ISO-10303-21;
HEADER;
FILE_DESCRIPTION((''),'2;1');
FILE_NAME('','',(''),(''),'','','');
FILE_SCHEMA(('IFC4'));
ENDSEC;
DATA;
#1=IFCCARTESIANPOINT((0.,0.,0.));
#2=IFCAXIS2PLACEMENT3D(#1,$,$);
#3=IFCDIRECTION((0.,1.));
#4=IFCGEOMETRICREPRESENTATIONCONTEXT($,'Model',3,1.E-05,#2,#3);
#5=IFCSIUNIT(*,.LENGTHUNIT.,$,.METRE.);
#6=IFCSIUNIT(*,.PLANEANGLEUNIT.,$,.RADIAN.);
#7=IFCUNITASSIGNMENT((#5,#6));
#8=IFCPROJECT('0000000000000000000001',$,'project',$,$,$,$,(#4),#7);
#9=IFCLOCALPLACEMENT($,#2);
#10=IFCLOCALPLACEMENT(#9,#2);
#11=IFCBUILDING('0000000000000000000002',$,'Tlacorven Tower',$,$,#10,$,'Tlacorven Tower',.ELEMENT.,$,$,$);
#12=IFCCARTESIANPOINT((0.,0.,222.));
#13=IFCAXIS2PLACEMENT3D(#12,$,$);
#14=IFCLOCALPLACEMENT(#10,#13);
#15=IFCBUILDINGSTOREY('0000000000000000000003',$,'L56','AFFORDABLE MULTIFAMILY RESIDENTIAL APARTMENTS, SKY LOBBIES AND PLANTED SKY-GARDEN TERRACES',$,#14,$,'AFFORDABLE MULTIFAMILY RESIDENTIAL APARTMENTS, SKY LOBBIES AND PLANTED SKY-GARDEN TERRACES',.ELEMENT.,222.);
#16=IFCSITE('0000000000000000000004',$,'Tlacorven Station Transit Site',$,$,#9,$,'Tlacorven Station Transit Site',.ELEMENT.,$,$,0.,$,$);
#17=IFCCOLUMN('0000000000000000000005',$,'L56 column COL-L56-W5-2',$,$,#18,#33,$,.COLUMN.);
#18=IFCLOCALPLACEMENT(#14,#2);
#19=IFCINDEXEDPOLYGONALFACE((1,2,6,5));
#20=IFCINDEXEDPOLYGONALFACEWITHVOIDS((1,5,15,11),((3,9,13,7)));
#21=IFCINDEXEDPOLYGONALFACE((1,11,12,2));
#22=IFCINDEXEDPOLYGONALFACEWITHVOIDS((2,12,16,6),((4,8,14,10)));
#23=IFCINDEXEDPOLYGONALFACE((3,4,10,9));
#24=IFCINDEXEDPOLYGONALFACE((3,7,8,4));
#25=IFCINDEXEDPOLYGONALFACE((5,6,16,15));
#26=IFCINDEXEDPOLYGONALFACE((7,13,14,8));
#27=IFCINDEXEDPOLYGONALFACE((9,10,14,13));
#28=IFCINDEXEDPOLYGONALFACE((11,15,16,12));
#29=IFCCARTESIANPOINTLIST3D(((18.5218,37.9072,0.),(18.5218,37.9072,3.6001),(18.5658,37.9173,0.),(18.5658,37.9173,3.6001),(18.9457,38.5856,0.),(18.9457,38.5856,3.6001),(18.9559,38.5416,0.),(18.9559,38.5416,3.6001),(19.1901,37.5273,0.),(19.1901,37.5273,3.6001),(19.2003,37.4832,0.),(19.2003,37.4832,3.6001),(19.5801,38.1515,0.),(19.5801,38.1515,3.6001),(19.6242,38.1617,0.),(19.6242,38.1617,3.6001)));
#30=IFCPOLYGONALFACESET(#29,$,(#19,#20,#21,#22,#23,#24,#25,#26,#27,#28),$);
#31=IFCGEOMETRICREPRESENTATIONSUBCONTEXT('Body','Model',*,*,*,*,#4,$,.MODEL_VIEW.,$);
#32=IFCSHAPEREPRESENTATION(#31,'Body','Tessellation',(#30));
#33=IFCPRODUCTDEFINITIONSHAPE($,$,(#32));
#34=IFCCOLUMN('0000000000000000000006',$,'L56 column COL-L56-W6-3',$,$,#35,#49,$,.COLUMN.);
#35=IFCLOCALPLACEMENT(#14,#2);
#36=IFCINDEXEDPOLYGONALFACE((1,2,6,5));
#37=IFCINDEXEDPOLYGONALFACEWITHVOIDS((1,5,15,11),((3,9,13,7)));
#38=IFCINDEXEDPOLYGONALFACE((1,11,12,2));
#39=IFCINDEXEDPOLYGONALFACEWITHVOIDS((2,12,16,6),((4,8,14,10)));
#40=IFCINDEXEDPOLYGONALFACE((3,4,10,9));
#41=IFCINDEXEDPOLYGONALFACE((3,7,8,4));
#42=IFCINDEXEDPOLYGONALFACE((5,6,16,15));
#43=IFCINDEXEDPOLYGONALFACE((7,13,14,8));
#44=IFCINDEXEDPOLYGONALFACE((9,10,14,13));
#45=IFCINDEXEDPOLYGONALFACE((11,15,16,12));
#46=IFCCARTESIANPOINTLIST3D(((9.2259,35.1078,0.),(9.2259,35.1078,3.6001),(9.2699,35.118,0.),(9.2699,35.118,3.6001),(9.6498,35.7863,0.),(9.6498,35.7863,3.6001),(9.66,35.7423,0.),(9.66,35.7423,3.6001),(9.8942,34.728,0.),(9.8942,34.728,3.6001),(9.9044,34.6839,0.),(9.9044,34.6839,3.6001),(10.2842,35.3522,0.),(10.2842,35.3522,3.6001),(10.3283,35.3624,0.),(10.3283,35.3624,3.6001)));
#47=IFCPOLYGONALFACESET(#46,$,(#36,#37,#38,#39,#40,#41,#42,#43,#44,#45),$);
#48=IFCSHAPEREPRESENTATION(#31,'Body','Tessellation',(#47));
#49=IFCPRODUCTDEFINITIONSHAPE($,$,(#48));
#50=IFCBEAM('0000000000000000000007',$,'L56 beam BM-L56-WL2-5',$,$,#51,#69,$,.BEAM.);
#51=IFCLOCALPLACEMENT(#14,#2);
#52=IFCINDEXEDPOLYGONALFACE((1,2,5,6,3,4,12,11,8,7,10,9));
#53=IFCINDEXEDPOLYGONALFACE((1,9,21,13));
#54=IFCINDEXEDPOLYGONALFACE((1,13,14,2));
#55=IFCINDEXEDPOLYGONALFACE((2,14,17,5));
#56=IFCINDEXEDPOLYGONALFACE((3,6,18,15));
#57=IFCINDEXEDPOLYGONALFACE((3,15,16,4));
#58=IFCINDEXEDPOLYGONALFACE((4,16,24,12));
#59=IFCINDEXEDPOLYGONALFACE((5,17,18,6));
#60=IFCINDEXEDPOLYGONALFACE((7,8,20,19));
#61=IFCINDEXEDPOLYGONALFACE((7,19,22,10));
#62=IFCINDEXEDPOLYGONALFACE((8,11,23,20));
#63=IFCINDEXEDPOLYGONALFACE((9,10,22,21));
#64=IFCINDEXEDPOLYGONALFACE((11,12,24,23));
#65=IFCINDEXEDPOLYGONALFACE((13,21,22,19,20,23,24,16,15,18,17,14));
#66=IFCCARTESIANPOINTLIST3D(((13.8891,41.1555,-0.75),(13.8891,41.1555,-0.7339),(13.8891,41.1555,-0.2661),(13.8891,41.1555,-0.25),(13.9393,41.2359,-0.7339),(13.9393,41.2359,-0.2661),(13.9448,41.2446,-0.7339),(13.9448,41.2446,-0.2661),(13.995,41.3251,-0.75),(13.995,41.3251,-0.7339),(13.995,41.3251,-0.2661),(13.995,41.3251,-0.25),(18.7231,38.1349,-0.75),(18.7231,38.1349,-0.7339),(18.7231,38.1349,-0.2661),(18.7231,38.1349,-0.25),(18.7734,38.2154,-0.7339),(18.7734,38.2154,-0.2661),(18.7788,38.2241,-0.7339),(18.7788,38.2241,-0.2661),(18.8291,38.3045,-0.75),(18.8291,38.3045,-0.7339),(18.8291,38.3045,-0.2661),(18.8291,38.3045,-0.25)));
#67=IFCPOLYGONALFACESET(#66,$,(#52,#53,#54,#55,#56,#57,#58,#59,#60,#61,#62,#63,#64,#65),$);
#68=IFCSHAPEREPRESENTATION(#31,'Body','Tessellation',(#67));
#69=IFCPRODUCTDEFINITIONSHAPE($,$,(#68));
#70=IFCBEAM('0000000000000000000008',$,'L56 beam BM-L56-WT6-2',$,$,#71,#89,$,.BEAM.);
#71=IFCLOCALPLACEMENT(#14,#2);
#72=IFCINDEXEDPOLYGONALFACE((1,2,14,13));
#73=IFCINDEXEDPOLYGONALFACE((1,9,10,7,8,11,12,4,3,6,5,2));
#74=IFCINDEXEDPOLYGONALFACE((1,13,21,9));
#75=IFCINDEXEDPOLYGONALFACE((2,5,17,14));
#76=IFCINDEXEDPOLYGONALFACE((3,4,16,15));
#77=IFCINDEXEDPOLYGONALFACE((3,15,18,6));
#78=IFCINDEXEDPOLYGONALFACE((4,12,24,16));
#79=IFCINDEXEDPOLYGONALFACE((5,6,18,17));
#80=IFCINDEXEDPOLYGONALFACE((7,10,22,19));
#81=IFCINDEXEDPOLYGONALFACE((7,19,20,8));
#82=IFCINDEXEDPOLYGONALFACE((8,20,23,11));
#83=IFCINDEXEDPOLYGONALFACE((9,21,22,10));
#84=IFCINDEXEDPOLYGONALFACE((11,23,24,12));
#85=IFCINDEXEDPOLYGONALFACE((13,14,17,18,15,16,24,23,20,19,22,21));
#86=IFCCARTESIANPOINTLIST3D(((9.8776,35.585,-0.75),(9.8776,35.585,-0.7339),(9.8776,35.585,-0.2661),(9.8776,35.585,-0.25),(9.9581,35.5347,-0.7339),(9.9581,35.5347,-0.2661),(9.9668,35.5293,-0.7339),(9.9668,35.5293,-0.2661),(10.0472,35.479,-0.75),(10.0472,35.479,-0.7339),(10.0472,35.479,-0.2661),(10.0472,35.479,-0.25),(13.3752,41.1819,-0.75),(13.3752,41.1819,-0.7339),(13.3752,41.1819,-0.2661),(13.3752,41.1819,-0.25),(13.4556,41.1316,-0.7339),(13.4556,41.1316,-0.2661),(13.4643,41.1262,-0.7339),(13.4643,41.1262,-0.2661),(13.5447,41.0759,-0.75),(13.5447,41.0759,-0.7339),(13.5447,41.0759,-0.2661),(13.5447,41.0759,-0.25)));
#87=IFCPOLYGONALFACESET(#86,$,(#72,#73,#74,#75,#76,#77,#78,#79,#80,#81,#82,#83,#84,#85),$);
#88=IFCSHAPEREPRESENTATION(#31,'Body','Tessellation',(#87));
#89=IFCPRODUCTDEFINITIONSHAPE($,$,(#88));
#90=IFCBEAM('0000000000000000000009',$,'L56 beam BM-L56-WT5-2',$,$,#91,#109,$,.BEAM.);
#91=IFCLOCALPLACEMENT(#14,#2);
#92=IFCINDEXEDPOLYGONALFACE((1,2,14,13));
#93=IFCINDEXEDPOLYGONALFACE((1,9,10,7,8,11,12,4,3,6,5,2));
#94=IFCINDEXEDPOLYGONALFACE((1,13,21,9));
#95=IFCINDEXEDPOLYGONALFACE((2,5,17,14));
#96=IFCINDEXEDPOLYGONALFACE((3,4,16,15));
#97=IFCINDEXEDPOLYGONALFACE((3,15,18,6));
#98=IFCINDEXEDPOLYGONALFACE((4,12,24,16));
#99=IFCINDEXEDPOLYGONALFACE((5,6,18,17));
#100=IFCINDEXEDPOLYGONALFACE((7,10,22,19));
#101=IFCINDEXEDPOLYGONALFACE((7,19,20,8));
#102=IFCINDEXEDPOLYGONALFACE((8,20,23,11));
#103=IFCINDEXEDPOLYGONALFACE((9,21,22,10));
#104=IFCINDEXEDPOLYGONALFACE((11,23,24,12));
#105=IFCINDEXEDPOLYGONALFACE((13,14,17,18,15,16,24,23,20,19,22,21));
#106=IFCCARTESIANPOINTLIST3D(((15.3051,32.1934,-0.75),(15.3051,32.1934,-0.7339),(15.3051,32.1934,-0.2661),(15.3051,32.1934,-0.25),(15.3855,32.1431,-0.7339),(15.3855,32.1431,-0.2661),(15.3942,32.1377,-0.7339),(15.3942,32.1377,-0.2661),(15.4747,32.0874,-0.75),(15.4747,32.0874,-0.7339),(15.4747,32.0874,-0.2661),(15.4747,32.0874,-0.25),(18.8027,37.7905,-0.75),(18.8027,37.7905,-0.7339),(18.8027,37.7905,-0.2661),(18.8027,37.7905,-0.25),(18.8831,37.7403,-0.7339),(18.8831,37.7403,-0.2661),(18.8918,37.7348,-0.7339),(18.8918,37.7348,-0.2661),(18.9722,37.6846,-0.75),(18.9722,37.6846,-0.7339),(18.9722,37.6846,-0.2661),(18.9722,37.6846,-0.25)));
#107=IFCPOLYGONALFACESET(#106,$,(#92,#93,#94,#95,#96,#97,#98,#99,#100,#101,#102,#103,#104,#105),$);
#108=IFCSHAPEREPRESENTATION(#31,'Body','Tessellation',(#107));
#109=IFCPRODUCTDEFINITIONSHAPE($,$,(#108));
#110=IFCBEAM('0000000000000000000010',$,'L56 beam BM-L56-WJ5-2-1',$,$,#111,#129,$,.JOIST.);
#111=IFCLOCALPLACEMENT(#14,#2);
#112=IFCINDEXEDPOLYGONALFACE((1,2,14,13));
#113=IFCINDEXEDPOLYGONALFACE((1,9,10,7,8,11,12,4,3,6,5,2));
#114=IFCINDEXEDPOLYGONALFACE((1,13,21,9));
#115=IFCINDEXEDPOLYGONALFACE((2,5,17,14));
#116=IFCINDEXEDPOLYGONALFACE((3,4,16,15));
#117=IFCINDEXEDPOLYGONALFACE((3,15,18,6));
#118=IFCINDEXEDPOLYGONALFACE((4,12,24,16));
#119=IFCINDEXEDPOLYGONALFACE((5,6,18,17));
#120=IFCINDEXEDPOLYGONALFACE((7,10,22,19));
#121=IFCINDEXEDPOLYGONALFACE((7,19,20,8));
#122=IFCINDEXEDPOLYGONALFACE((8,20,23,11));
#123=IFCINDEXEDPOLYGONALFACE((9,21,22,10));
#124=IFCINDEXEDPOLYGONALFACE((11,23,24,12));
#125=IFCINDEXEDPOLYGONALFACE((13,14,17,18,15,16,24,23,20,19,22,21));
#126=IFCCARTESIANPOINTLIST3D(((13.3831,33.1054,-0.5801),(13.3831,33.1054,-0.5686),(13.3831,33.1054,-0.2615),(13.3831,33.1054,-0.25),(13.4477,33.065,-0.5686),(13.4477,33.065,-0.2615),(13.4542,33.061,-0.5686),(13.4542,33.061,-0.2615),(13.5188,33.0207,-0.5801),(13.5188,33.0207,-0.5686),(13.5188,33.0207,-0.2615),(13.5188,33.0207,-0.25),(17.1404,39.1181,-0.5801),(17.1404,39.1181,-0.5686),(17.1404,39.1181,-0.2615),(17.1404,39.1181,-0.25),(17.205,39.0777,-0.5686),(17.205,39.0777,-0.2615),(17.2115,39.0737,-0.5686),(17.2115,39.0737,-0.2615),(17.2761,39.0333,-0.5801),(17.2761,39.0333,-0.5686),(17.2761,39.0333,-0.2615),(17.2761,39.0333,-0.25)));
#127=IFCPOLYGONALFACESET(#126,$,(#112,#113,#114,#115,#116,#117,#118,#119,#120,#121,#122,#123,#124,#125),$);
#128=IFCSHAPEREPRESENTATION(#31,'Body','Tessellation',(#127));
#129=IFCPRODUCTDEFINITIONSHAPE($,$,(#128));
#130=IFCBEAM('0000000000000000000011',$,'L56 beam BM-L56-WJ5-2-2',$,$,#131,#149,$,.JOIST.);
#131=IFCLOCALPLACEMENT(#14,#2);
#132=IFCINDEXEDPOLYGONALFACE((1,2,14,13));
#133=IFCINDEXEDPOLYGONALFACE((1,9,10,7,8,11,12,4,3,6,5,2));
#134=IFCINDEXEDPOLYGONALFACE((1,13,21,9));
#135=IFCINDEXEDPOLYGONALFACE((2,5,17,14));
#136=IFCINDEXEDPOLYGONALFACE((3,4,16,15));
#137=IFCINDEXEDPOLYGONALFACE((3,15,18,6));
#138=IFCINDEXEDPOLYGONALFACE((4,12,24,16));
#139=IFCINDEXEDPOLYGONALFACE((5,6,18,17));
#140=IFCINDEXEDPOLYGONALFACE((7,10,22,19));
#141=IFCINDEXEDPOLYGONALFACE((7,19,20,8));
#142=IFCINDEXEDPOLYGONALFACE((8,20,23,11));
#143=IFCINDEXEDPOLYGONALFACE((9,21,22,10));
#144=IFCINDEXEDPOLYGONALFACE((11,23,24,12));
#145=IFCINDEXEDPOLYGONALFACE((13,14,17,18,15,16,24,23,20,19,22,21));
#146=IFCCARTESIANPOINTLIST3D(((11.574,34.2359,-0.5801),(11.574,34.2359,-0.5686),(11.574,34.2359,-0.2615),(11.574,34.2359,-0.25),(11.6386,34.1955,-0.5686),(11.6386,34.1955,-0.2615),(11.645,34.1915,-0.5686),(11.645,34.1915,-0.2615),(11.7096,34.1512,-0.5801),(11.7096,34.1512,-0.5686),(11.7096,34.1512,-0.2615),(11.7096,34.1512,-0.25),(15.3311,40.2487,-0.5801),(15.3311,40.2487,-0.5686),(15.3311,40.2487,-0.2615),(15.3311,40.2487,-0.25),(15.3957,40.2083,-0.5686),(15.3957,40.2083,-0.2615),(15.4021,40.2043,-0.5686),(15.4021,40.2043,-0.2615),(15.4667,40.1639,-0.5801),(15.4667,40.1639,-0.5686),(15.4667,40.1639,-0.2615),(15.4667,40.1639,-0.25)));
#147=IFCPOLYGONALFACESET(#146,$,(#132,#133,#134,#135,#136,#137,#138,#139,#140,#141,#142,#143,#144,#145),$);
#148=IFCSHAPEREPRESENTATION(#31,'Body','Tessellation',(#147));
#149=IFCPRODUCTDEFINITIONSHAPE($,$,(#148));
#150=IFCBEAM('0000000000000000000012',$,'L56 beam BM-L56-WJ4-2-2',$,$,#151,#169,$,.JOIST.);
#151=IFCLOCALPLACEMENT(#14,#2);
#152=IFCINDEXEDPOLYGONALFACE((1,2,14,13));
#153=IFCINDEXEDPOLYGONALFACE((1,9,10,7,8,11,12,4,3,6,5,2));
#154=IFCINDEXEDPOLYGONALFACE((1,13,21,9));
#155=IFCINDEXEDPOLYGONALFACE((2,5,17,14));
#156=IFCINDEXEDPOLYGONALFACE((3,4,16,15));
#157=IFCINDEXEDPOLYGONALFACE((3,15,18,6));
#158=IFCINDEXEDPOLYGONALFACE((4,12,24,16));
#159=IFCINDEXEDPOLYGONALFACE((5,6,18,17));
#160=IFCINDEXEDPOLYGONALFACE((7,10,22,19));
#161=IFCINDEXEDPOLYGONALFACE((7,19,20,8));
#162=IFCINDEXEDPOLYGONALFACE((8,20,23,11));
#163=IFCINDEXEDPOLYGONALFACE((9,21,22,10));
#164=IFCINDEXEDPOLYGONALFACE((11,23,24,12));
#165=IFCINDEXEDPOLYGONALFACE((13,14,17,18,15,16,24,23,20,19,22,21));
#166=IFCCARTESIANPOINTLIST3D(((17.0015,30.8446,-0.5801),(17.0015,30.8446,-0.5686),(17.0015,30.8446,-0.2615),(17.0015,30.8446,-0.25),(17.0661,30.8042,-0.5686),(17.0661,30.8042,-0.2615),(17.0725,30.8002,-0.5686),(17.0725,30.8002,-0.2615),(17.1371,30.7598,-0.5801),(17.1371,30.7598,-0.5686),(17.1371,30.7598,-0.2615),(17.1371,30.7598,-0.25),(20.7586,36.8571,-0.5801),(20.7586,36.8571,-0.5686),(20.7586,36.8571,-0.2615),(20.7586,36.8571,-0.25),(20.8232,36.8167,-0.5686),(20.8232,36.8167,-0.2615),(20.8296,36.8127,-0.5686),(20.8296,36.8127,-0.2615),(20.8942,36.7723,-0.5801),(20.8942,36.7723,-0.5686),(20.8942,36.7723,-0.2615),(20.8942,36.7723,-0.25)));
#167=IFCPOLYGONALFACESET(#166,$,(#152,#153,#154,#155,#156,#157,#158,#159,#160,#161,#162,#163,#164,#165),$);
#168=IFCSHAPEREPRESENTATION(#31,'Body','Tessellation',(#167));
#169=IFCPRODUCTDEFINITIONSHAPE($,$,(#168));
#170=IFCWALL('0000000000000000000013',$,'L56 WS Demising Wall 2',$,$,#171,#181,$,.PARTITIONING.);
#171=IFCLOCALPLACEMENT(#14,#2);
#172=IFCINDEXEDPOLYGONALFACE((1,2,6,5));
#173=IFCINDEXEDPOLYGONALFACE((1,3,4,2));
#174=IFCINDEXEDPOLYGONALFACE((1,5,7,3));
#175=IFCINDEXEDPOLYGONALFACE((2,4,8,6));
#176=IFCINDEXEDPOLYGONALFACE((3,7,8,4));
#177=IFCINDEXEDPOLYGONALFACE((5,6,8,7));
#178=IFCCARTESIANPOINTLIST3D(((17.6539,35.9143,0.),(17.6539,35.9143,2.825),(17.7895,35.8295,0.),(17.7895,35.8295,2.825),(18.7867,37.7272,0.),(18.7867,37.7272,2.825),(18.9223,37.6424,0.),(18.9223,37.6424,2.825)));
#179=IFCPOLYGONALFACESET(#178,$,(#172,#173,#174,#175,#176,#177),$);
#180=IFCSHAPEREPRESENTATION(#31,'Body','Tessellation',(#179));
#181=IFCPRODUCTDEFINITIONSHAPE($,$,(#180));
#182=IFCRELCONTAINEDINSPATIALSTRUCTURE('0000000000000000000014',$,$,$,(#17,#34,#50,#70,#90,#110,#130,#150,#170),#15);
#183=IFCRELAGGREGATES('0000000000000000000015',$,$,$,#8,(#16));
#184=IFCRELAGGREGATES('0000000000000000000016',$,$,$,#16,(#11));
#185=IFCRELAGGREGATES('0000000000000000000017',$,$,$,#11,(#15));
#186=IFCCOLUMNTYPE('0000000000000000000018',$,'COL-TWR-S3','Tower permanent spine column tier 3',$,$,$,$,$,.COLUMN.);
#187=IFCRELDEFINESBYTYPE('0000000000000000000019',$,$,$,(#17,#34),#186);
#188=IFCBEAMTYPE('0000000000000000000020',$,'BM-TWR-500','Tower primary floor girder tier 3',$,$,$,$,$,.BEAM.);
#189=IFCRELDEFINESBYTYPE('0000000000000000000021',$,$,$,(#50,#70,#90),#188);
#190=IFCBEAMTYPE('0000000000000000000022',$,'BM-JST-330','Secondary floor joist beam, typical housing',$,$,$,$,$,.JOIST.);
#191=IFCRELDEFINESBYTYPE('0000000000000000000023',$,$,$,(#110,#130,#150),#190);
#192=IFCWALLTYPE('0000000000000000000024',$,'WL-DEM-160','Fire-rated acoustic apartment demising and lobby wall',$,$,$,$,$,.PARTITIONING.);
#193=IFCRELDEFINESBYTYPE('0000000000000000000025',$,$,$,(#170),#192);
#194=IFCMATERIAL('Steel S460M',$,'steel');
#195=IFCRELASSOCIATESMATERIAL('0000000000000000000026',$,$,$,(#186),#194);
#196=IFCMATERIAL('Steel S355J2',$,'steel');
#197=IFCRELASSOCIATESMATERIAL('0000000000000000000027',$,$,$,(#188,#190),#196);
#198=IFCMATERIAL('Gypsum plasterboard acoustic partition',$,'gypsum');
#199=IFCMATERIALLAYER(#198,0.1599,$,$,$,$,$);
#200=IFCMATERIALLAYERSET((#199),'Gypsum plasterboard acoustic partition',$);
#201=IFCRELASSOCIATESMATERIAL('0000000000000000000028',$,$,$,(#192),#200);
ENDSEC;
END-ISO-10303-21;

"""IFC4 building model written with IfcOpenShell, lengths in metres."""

from ifc_helpers import new_model, si_unit, direction, frame, frame_2d, origin, origin_2d, place, context, subcontext, project, spatial, rectangle, hollow_rectangle, i_section, extrude, source, transform, mapped, material, layer, layer_set, material_profile, profile_set, type_object, element, save


model = new_model("IFC4")

# Units and contexts
model_context = context("Model", 3, precision=1e-05, world=origin(), true_north=direction((0.0, 1.0)))
body_context = subcontext(model_context, "Body", "Model", "MODEL_VIEW")
ifc_project = project(units=[si_unit("LENGTHUNIT", "METRE"), si_unit("PLANEANGLEUNIT", "RADIAN")], contexts=[model_context])

# Site, building, storey
site_placement = place(None, origin())
site = spatial("IfcSite", under=ifc_project, at=site_placement, Name="Tlacorven Station Transit Site", LongName="Tlacorven Station Transit Site", CompositionType="ELEMENT", RefElevation=0.0)
building_placement = place(site_placement, origin())
building = spatial("IfcBuilding", under=site, at=building_placement, Name="Tlacorven Tower", LongName="Tlacorven Tower", CompositionType="ELEMENT")
storey_placement = place(building_placement, frame((0.0, 0.0, 222.0)))
storey = spatial("IfcBuildingStorey", under=building, at=storey_placement, Name="L56", Description="AFFORDABLE MULTIFAMILY RESIDENTIAL APARTMENTS, SKY LOBBIES AND PLANTED SKY-GARDEN TERRACES", LongName="AFFORDABLE MULTIFAMILY RESIDENTIAL APARTMENTS, SKY LOBBIES AND PLANTED SKY-GARDEN TERRACES", CompositionType="ELEMENT", Elevation=222.0)

# Columns
ifc_material_1 = material(Name="Steel S460M", Category="steel")
ifc_material_profile_1 = material_profile(ifc_material_1, hollow_rectangle(XDim=0.8, YDim=0.8, WallThickness=0.032, at=origin_2d()), Name="BOX 800X800X32")
ifc_profile_set_1 = profile_set([ifc_material_profile_1], Name="Steel S460M")
column_type = type_object("IfcColumnType", Name="COL-TWR-S3", Description="Tower permanent spine column tier 3", PredefinedType="COLUMN", material=ifc_profile_set_1)
shared_shape_1 = source(origin(), body_context, "Body", "SweptSolid", [
    extrude(hollow_rectangle(XDim=0.8, YDim=0.8, WallThickness=0.032, at=origin_2d()), origin(), (0.0, 0.0, 1.0), 3.6001),
])
for number, where, z_axis, x_axis, name in (
    (1, (19.073, 38.0344, 0.0), (0.0, 0.0, 1.0), (-0.848048, 0.529919, 0.0), "L56 column COL-L56-W5-2"),
    (2, (9.7771, 35.2351, 0.0), (0.0, 0.0, 1.0), (-0.848048, 0.529919, 0.0), "L56 column COL-L56-W6-3"),
):
    element("IfcColumn", number, at=place(storey_placement, frame(where, z_axis=z_axis, x_axis=x_axis)), inside=storey, type_object=column_type, Name=name, PredefinedType="COLUMN", context=body_context, shape_type="MappedRepresentation", body=[
        mapped(shared_shape_1, transform((0.0, 0.0, 0.0), scale=1.0)),
    ])

# Beams
ifc_material_2 = material(Name="Steel S355J2", Category="steel")
ifc_material_profile_2 = material_profile(ifc_material_2, i_section(OverallWidth=0.2, OverallDepth=0.5, WebThickness=0.0103, FlangeThickness=0.0161, at=origin_2d()), Name="IPE 500")
ifc_profile_set_2 = profile_set([ifc_material_profile_2], Name="Steel S355J2")
beam_type_1 = type_object("IfcBeamType", Name="BM-TWR-500", Description="Tower primary floor girder tier 3", PredefinedType="BEAM", material=ifc_profile_set_2)
shared_shape_2 = source(origin(), body_context, "Body", "SweptSolid", [
    extrude(i_section(OverallWidth=0.2, OverallDepth=0.5, WebThickness=0.0103, FlangeThickness=0.0161, at=origin_2d()), origin(), (0.0, 0.0, 1.0), 5.7002),
])
beam_1_placement = place(storey_placement, frame((18.7761, 38.2197, -0.5), z_axis=(-0.848056, 0.529907, 0.0), x_axis=(-0.529907, -0.848056, 0.0)))
element("IfcBeam", 3, at=beam_1_placement, inside=storey, type_object=beam_type_1, Name="L56 beam BM-L56-WL2-5", PredefinedType="BEAM", context=body_context, shape_type="MappedRepresentation", body=[
    mapped(shared_shape_2, transform((0.0, 0.0, 0.0), scale=1.0)),
])
shared_shape_3 = source(origin(), body_context, "Body", "SweptSolid", [
    extrude(i_section(OverallWidth=0.2, OverallDepth=0.5, WebThickness=0.0103, FlangeThickness=0.0161, at=origin_2d()), origin(), (0.0, 0.0, 1.0), 6.5999),
])
beam_2_placement = place(storey_placement, frame((13.46, 41.1289, -0.5), z_axis=(-0.529942, -0.848034, 0.0), x_axis=(0.848034, -0.529942, 0.0)))
element("IfcBeam", 4, at=beam_2_placement, inside=storey, type_object=beam_type_1, Name="L56 beam BM-L56-WT6-2", PredefinedType="BEAM", context=body_context, shape_type="MappedRepresentation", body=[
    mapped(shared_shape_3, transform((0.0, 0.0, 0.0), scale=1.0)),
])
shared_shape_4 = source(origin(), body_context, "Body", "SweptSolid", [
    extrude(i_section(OverallWidth=0.2, OverallDepth=0.5, WebThickness=0.0103, FlangeThickness=0.0161, at=origin_2d()), origin(), (0.0, 0.0, 1.0), 6.6001),
])
beam_3_placement = place(storey_placement, frame((18.8875, 37.7375, -0.5), z_axis=(-0.529926, -0.848044, 0.0), x_axis=(0.848044, -0.529926, 0.0)))
element("IfcBeam", 5, at=beam_3_placement, inside=storey, type_object=beam_type_1, Name="L56 beam BM-L56-WT5-2", PredefinedType="BEAM", context=body_context, shape_type="MappedRepresentation", body=[
    mapped(shared_shape_4, transform((0.0, 0.0, 0.0), scale=1.0)),
])
ifc_material_profile_3 = material_profile(ifc_material_2, i_section(OverallWidth=0.1599, OverallDepth=0.3301, WebThickness=0.0076, FlangeThickness=0.0115, at=origin_2d()), Name="IPE 330")
ifc_profile_set_3 = profile_set([ifc_material_profile_3], Name="Steel S355J2")
beam_type_2 = type_object("IfcBeamType", Name="BM-JST-330", Description="Secondary floor joist beam, typical housing", PredefinedType="JOIST", material=ifc_profile_set_3)
shared_shape_5 = source(origin(), body_context, "Body", "SweptSolid", [
    extrude(i_section(OverallWidth=0.1599, OverallDepth=0.3301, WebThickness=0.0076, FlangeThickness=0.0115, at=origin_2d()), origin(), (0.0, 0.0, 1.0), 7.0901),
])
for number, where, z_axis, x_axis, name in (
    (6, (17.2083, 39.0757, -0.415), (-0.529937, -0.848037, 0.0), (0.848037, -0.529937, 0.0), "L56 beam BM-L56-WJ5-2-1"),
    (7, (15.3989, 40.2063, -0.415), (-0.529912, -0.848052, 0.0), (0.848052, -0.529912, 0.0), "L56 beam BM-L56-WJ5-2-2"),
):
    element("IfcBeam", number, at=place(storey_placement, frame(where, z_axis=z_axis, x_axis=x_axis)), inside=storey, type_object=beam_type_2, Name=name, PredefinedType="JOIST", context=body_context, shape_type="MappedRepresentation", body=[
        mapped(shared_shape_5, transform((0.0, 0.0, 0.0), scale=1.0)),
    ])
shared_shape_6 = source(origin(), body_context, "Body", "SweptSolid", [
    extrude(i_section(OverallWidth=0.1599, OverallDepth=0.3301, WebThickness=0.0076, FlangeThickness=0.0115, at=origin_2d()), origin(), (0.0, 0.0, 1.0), 7.0898),
])
beam_4_placement = place(storey_placement, frame((20.8264, 36.8147, -0.415), z_axis=(-0.529928, -0.848043, 0.0), x_axis=(0.848043, -0.529928, 0.0)))
element("IfcBeam", 8, at=beam_4_placement, inside=storey, type_object=beam_type_2, Name="L56 beam BM-L56-WJ4-2-2", PredefinedType="JOIST", context=body_context, shape_type="MappedRepresentation", body=[
    mapped(shared_shape_6, transform((0.0, 0.0, 0.0), scale=1.0)),
])

# Wall
ifc_material_3 = material(Name="Gypsum plasterboard acoustic partition", Category="gypsum")
ifc_layer_1 = layer(ifc_material_3, 0.1599)
ifc_layer_set_1 = layer_set([ifc_layer_1], Name="Gypsum plasterboard acoustic partition")
wall_type_1 = type_object("IfcWallType", Name="WL-DEM-160", Description="Fire-rated acoustic apartment demising and lobby wall", PredefinedType="PARTITIONING", material=ifc_layer_set_1)
wall_1_placement = place(storey_placement, frame((18.8545, 37.6848, 0.0), z_axis=(0.0, 0.0, 1.0), x_axis=(-0.529896, -0.848062, 0.0)))
element("IfcWall", 9, at=wall_1_placement, inside=storey, type_object=wall_type_1, Name="L56 WS Demising Wall 2", PredefinedType="PARTITIONING", context=body_context, shape_type="SweptSolid", body=[
    extrude(rectangle(XDim=2.1377, YDim=0.1599, at=frame_2d((1.0688, 0.0))), origin(), (0.0, 0.0, 1.0), 2.825),
])

save(model, "model.ifc")
